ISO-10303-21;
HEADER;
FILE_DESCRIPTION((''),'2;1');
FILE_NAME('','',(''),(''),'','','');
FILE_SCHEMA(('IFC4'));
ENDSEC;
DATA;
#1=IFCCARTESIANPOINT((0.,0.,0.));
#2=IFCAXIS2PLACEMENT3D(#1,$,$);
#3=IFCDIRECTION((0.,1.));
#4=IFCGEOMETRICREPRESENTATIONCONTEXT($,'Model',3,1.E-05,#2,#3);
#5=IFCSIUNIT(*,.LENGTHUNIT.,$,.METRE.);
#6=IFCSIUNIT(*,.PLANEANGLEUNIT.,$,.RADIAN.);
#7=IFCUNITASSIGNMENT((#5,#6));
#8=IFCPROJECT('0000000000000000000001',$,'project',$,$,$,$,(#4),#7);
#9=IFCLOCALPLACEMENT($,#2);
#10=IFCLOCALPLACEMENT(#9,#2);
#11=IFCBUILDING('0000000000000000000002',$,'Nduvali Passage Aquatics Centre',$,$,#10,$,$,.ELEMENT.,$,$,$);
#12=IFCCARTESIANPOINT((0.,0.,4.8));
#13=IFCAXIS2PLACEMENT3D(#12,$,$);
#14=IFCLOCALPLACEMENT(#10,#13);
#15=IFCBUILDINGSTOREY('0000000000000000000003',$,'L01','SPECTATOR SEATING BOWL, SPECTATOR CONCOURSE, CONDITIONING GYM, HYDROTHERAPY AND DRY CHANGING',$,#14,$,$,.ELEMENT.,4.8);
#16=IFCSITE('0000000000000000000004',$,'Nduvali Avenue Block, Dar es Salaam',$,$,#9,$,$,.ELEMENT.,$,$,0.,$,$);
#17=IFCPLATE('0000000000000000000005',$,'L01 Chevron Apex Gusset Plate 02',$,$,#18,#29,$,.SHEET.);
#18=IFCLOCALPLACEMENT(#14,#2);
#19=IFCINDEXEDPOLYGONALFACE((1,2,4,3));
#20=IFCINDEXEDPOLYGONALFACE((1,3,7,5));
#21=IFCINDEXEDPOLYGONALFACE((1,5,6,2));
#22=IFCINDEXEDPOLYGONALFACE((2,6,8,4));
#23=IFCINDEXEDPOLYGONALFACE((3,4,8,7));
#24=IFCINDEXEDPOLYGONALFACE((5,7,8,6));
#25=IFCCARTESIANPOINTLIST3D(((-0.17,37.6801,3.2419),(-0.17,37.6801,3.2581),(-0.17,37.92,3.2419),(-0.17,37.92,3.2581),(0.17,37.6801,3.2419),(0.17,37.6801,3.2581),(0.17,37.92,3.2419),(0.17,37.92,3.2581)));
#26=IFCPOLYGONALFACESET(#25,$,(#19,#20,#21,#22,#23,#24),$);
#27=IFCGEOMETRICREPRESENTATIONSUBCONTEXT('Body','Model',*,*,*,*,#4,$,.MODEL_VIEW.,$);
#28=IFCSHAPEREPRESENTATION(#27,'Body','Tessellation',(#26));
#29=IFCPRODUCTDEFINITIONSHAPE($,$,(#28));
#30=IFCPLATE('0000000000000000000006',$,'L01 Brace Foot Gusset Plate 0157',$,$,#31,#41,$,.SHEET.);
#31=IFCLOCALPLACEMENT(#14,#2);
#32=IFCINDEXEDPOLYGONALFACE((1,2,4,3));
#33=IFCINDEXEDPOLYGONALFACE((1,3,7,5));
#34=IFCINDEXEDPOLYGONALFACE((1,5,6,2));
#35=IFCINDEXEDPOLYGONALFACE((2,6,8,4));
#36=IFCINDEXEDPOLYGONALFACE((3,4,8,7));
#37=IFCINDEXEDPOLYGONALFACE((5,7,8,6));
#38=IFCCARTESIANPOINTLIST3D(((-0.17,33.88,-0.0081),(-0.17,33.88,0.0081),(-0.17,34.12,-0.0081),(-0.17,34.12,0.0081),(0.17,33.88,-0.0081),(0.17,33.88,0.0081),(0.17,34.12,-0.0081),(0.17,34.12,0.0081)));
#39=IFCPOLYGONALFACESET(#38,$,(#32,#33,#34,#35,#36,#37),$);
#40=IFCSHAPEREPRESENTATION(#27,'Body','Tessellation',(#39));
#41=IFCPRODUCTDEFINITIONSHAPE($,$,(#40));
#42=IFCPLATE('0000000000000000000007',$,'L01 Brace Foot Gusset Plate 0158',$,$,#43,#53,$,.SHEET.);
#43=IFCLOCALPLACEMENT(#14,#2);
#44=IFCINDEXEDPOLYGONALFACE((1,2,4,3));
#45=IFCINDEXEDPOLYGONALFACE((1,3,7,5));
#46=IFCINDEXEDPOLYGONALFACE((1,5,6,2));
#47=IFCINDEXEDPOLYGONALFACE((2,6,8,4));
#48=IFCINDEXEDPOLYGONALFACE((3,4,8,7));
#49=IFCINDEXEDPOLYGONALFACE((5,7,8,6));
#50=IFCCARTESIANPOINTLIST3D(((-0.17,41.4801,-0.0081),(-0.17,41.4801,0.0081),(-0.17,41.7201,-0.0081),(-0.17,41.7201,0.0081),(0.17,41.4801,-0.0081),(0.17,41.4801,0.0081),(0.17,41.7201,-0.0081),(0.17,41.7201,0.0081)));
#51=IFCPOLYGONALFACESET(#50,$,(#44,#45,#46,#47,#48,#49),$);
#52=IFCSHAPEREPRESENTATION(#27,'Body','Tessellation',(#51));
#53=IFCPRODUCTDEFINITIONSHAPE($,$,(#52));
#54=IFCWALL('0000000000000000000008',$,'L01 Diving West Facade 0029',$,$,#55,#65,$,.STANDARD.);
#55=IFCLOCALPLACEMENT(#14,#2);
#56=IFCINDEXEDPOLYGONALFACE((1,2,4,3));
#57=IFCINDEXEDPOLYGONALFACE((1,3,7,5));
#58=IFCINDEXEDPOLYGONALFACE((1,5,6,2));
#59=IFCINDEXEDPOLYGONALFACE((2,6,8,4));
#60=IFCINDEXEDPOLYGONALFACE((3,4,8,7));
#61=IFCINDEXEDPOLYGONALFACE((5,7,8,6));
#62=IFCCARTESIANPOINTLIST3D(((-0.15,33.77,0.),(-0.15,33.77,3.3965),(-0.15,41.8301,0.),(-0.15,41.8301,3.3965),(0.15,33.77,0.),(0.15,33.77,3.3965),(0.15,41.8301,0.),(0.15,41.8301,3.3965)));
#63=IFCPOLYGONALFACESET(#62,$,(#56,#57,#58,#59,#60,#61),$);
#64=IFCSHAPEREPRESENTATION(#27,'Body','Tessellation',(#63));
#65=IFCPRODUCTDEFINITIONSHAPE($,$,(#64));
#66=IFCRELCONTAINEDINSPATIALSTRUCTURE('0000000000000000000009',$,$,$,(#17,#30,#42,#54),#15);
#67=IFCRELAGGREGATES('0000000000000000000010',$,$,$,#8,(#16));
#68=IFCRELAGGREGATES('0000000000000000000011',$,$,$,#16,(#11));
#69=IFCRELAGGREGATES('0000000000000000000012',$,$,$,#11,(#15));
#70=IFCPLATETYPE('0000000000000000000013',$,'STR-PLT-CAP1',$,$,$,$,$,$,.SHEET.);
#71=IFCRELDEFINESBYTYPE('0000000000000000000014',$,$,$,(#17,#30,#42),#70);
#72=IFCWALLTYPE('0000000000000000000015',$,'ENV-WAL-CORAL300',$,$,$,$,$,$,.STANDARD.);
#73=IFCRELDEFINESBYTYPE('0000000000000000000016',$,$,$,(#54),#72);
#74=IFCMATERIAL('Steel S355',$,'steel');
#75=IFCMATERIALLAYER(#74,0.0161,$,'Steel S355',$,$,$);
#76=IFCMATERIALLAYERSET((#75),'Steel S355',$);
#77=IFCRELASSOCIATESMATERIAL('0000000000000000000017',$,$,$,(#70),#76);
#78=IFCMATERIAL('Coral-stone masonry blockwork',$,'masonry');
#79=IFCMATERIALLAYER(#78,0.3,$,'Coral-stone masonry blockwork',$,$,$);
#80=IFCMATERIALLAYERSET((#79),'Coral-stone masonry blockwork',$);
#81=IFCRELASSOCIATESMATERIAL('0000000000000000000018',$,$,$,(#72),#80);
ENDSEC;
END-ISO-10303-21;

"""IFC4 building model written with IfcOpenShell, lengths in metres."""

from ifc_helpers import new_model, si_unit, direction, frame, frame_2d, origin, origin_2d, place, context, subcontext, project, spatial, rectangle, extrude, material, layer, layer_set, type_object, element, save


model = new_model("IFC4")

# Units and contexts
model_context = context("Model", 3, precision=1e-05, world=origin(), true_north=direction((0.0, 1.0)))
body_context = subcontext(model_context, "Body", "Model", "MODEL_VIEW")
ifc_project = project(units=[si_unit("LENGTHUNIT", "METRE"), si_unit("PLANEANGLEUNIT", "RADIAN")], contexts=[model_context])

# Site, building, storey
site_placement = place(None, origin())
site = spatial("IfcSite", under=ifc_project, at=site_placement, Name="Nduvali Avenue Block, Dar es Salaam", CompositionType="ELEMENT", RefElevation=0.0)
building_placement = place(site_placement, origin())
building = spatial("IfcBuilding", under=site, at=building_placement, Name="Nduvali Passage Aquatics Centre", CompositionType="ELEMENT")
storey_placement = place(building_placement, frame((0.0, 0.0, 4.8)))
storey = spatial("IfcBuildingStorey", under=building, at=storey_placement, Name="L01", Description="SPECTATOR SEATING BOWL, SPECTATOR CONCOURSE, CONDITIONING GYM, HYDROTHERAPY AND DRY CHANGING", CompositionType="ELEMENT", Elevation=4.8)

# Shared definitions
ifc_material_1 = material(Name="Steel S355", Category="steel")

# Plates
ifc_layer_1 = layer(ifc_material_1, 0.0161, Name="Steel S355")
ifc_layer_set_1 = layer_set([ifc_layer_1], Name="Steel S355")
plate_type_1 = type_object("IfcPlateType", Name="STR-PLT-CAP1", PredefinedType="SHEET", material=ifc_layer_set_1)
for number, where, z_axis, x_axis, name in (
    (1, (0.0, 37.8, 3.2419), (0.0, 0.0, 1.0), (1.0, 0.0, 0.0), "L01 Chevron Apex Gusset Plate 02"),
    (2, (0.0, 34.0, -0.0081), (0.0, 0.0, 1.0), (1.0, 0.0, 0.0), "L01 Brace Foot Gusset Plate 0157"),
    (3, (0.0, 41.6001, -0.0081), (0.0, 0.0, 1.0), (1.0, 0.0, 0.0), "L01 Brace Foot Gusset Plate 0158"),
):
    element("IfcPlate", number, at=place(storey_placement, frame(where, z_axis=z_axis, x_axis=x_axis)), inside=storey, type_object=plate_type_1, Name=name, PredefinedType="SHEET", context=body_context, shape_type="SweptSolid", body=[
        extrude(rectangle(XDim=0.3401, YDim=0.24, at=origin_2d()), origin(), (0.0, 0.0, 1.0), 0.0161),
    ])

# Wall
ifc_material_2 = material(Name="Coral-stone masonry blockwork", Category="masonry")
ifc_layer_2 = layer(ifc_material_2, 0.3, Name="Coral-stone masonry blockwork")
ifc_layer_set_2 = layer_set([ifc_layer_2], Name="Coral-stone masonry blockwork")
wall_type = type_object("IfcWallType", Name="ENV-WAL-CORAL300", PredefinedType="STANDARD", material=ifc_layer_set_2)
wall_placement = place(storey_placement, frame((0.0, 41.8301, 0.0), z_axis=(0.0, 0.0, 1.0), x_axis=(0.0, -1.0, 0.0)))
element("IfcWall", 4, at=wall_placement, inside=storey, type_object=wall_type, Name="L01 Diving West Facade 0029", PredefinedType="STANDARD", context=body_context, shape_type="SweptSolid", body=[
    extrude(rectangle(XDim=8.0601, YDim=0.3, at=frame_2d((4.03, 0.0))), origin(), (0.0, 0.0, 1.0), 3.3965),
])

save(model, "model.ifc")
